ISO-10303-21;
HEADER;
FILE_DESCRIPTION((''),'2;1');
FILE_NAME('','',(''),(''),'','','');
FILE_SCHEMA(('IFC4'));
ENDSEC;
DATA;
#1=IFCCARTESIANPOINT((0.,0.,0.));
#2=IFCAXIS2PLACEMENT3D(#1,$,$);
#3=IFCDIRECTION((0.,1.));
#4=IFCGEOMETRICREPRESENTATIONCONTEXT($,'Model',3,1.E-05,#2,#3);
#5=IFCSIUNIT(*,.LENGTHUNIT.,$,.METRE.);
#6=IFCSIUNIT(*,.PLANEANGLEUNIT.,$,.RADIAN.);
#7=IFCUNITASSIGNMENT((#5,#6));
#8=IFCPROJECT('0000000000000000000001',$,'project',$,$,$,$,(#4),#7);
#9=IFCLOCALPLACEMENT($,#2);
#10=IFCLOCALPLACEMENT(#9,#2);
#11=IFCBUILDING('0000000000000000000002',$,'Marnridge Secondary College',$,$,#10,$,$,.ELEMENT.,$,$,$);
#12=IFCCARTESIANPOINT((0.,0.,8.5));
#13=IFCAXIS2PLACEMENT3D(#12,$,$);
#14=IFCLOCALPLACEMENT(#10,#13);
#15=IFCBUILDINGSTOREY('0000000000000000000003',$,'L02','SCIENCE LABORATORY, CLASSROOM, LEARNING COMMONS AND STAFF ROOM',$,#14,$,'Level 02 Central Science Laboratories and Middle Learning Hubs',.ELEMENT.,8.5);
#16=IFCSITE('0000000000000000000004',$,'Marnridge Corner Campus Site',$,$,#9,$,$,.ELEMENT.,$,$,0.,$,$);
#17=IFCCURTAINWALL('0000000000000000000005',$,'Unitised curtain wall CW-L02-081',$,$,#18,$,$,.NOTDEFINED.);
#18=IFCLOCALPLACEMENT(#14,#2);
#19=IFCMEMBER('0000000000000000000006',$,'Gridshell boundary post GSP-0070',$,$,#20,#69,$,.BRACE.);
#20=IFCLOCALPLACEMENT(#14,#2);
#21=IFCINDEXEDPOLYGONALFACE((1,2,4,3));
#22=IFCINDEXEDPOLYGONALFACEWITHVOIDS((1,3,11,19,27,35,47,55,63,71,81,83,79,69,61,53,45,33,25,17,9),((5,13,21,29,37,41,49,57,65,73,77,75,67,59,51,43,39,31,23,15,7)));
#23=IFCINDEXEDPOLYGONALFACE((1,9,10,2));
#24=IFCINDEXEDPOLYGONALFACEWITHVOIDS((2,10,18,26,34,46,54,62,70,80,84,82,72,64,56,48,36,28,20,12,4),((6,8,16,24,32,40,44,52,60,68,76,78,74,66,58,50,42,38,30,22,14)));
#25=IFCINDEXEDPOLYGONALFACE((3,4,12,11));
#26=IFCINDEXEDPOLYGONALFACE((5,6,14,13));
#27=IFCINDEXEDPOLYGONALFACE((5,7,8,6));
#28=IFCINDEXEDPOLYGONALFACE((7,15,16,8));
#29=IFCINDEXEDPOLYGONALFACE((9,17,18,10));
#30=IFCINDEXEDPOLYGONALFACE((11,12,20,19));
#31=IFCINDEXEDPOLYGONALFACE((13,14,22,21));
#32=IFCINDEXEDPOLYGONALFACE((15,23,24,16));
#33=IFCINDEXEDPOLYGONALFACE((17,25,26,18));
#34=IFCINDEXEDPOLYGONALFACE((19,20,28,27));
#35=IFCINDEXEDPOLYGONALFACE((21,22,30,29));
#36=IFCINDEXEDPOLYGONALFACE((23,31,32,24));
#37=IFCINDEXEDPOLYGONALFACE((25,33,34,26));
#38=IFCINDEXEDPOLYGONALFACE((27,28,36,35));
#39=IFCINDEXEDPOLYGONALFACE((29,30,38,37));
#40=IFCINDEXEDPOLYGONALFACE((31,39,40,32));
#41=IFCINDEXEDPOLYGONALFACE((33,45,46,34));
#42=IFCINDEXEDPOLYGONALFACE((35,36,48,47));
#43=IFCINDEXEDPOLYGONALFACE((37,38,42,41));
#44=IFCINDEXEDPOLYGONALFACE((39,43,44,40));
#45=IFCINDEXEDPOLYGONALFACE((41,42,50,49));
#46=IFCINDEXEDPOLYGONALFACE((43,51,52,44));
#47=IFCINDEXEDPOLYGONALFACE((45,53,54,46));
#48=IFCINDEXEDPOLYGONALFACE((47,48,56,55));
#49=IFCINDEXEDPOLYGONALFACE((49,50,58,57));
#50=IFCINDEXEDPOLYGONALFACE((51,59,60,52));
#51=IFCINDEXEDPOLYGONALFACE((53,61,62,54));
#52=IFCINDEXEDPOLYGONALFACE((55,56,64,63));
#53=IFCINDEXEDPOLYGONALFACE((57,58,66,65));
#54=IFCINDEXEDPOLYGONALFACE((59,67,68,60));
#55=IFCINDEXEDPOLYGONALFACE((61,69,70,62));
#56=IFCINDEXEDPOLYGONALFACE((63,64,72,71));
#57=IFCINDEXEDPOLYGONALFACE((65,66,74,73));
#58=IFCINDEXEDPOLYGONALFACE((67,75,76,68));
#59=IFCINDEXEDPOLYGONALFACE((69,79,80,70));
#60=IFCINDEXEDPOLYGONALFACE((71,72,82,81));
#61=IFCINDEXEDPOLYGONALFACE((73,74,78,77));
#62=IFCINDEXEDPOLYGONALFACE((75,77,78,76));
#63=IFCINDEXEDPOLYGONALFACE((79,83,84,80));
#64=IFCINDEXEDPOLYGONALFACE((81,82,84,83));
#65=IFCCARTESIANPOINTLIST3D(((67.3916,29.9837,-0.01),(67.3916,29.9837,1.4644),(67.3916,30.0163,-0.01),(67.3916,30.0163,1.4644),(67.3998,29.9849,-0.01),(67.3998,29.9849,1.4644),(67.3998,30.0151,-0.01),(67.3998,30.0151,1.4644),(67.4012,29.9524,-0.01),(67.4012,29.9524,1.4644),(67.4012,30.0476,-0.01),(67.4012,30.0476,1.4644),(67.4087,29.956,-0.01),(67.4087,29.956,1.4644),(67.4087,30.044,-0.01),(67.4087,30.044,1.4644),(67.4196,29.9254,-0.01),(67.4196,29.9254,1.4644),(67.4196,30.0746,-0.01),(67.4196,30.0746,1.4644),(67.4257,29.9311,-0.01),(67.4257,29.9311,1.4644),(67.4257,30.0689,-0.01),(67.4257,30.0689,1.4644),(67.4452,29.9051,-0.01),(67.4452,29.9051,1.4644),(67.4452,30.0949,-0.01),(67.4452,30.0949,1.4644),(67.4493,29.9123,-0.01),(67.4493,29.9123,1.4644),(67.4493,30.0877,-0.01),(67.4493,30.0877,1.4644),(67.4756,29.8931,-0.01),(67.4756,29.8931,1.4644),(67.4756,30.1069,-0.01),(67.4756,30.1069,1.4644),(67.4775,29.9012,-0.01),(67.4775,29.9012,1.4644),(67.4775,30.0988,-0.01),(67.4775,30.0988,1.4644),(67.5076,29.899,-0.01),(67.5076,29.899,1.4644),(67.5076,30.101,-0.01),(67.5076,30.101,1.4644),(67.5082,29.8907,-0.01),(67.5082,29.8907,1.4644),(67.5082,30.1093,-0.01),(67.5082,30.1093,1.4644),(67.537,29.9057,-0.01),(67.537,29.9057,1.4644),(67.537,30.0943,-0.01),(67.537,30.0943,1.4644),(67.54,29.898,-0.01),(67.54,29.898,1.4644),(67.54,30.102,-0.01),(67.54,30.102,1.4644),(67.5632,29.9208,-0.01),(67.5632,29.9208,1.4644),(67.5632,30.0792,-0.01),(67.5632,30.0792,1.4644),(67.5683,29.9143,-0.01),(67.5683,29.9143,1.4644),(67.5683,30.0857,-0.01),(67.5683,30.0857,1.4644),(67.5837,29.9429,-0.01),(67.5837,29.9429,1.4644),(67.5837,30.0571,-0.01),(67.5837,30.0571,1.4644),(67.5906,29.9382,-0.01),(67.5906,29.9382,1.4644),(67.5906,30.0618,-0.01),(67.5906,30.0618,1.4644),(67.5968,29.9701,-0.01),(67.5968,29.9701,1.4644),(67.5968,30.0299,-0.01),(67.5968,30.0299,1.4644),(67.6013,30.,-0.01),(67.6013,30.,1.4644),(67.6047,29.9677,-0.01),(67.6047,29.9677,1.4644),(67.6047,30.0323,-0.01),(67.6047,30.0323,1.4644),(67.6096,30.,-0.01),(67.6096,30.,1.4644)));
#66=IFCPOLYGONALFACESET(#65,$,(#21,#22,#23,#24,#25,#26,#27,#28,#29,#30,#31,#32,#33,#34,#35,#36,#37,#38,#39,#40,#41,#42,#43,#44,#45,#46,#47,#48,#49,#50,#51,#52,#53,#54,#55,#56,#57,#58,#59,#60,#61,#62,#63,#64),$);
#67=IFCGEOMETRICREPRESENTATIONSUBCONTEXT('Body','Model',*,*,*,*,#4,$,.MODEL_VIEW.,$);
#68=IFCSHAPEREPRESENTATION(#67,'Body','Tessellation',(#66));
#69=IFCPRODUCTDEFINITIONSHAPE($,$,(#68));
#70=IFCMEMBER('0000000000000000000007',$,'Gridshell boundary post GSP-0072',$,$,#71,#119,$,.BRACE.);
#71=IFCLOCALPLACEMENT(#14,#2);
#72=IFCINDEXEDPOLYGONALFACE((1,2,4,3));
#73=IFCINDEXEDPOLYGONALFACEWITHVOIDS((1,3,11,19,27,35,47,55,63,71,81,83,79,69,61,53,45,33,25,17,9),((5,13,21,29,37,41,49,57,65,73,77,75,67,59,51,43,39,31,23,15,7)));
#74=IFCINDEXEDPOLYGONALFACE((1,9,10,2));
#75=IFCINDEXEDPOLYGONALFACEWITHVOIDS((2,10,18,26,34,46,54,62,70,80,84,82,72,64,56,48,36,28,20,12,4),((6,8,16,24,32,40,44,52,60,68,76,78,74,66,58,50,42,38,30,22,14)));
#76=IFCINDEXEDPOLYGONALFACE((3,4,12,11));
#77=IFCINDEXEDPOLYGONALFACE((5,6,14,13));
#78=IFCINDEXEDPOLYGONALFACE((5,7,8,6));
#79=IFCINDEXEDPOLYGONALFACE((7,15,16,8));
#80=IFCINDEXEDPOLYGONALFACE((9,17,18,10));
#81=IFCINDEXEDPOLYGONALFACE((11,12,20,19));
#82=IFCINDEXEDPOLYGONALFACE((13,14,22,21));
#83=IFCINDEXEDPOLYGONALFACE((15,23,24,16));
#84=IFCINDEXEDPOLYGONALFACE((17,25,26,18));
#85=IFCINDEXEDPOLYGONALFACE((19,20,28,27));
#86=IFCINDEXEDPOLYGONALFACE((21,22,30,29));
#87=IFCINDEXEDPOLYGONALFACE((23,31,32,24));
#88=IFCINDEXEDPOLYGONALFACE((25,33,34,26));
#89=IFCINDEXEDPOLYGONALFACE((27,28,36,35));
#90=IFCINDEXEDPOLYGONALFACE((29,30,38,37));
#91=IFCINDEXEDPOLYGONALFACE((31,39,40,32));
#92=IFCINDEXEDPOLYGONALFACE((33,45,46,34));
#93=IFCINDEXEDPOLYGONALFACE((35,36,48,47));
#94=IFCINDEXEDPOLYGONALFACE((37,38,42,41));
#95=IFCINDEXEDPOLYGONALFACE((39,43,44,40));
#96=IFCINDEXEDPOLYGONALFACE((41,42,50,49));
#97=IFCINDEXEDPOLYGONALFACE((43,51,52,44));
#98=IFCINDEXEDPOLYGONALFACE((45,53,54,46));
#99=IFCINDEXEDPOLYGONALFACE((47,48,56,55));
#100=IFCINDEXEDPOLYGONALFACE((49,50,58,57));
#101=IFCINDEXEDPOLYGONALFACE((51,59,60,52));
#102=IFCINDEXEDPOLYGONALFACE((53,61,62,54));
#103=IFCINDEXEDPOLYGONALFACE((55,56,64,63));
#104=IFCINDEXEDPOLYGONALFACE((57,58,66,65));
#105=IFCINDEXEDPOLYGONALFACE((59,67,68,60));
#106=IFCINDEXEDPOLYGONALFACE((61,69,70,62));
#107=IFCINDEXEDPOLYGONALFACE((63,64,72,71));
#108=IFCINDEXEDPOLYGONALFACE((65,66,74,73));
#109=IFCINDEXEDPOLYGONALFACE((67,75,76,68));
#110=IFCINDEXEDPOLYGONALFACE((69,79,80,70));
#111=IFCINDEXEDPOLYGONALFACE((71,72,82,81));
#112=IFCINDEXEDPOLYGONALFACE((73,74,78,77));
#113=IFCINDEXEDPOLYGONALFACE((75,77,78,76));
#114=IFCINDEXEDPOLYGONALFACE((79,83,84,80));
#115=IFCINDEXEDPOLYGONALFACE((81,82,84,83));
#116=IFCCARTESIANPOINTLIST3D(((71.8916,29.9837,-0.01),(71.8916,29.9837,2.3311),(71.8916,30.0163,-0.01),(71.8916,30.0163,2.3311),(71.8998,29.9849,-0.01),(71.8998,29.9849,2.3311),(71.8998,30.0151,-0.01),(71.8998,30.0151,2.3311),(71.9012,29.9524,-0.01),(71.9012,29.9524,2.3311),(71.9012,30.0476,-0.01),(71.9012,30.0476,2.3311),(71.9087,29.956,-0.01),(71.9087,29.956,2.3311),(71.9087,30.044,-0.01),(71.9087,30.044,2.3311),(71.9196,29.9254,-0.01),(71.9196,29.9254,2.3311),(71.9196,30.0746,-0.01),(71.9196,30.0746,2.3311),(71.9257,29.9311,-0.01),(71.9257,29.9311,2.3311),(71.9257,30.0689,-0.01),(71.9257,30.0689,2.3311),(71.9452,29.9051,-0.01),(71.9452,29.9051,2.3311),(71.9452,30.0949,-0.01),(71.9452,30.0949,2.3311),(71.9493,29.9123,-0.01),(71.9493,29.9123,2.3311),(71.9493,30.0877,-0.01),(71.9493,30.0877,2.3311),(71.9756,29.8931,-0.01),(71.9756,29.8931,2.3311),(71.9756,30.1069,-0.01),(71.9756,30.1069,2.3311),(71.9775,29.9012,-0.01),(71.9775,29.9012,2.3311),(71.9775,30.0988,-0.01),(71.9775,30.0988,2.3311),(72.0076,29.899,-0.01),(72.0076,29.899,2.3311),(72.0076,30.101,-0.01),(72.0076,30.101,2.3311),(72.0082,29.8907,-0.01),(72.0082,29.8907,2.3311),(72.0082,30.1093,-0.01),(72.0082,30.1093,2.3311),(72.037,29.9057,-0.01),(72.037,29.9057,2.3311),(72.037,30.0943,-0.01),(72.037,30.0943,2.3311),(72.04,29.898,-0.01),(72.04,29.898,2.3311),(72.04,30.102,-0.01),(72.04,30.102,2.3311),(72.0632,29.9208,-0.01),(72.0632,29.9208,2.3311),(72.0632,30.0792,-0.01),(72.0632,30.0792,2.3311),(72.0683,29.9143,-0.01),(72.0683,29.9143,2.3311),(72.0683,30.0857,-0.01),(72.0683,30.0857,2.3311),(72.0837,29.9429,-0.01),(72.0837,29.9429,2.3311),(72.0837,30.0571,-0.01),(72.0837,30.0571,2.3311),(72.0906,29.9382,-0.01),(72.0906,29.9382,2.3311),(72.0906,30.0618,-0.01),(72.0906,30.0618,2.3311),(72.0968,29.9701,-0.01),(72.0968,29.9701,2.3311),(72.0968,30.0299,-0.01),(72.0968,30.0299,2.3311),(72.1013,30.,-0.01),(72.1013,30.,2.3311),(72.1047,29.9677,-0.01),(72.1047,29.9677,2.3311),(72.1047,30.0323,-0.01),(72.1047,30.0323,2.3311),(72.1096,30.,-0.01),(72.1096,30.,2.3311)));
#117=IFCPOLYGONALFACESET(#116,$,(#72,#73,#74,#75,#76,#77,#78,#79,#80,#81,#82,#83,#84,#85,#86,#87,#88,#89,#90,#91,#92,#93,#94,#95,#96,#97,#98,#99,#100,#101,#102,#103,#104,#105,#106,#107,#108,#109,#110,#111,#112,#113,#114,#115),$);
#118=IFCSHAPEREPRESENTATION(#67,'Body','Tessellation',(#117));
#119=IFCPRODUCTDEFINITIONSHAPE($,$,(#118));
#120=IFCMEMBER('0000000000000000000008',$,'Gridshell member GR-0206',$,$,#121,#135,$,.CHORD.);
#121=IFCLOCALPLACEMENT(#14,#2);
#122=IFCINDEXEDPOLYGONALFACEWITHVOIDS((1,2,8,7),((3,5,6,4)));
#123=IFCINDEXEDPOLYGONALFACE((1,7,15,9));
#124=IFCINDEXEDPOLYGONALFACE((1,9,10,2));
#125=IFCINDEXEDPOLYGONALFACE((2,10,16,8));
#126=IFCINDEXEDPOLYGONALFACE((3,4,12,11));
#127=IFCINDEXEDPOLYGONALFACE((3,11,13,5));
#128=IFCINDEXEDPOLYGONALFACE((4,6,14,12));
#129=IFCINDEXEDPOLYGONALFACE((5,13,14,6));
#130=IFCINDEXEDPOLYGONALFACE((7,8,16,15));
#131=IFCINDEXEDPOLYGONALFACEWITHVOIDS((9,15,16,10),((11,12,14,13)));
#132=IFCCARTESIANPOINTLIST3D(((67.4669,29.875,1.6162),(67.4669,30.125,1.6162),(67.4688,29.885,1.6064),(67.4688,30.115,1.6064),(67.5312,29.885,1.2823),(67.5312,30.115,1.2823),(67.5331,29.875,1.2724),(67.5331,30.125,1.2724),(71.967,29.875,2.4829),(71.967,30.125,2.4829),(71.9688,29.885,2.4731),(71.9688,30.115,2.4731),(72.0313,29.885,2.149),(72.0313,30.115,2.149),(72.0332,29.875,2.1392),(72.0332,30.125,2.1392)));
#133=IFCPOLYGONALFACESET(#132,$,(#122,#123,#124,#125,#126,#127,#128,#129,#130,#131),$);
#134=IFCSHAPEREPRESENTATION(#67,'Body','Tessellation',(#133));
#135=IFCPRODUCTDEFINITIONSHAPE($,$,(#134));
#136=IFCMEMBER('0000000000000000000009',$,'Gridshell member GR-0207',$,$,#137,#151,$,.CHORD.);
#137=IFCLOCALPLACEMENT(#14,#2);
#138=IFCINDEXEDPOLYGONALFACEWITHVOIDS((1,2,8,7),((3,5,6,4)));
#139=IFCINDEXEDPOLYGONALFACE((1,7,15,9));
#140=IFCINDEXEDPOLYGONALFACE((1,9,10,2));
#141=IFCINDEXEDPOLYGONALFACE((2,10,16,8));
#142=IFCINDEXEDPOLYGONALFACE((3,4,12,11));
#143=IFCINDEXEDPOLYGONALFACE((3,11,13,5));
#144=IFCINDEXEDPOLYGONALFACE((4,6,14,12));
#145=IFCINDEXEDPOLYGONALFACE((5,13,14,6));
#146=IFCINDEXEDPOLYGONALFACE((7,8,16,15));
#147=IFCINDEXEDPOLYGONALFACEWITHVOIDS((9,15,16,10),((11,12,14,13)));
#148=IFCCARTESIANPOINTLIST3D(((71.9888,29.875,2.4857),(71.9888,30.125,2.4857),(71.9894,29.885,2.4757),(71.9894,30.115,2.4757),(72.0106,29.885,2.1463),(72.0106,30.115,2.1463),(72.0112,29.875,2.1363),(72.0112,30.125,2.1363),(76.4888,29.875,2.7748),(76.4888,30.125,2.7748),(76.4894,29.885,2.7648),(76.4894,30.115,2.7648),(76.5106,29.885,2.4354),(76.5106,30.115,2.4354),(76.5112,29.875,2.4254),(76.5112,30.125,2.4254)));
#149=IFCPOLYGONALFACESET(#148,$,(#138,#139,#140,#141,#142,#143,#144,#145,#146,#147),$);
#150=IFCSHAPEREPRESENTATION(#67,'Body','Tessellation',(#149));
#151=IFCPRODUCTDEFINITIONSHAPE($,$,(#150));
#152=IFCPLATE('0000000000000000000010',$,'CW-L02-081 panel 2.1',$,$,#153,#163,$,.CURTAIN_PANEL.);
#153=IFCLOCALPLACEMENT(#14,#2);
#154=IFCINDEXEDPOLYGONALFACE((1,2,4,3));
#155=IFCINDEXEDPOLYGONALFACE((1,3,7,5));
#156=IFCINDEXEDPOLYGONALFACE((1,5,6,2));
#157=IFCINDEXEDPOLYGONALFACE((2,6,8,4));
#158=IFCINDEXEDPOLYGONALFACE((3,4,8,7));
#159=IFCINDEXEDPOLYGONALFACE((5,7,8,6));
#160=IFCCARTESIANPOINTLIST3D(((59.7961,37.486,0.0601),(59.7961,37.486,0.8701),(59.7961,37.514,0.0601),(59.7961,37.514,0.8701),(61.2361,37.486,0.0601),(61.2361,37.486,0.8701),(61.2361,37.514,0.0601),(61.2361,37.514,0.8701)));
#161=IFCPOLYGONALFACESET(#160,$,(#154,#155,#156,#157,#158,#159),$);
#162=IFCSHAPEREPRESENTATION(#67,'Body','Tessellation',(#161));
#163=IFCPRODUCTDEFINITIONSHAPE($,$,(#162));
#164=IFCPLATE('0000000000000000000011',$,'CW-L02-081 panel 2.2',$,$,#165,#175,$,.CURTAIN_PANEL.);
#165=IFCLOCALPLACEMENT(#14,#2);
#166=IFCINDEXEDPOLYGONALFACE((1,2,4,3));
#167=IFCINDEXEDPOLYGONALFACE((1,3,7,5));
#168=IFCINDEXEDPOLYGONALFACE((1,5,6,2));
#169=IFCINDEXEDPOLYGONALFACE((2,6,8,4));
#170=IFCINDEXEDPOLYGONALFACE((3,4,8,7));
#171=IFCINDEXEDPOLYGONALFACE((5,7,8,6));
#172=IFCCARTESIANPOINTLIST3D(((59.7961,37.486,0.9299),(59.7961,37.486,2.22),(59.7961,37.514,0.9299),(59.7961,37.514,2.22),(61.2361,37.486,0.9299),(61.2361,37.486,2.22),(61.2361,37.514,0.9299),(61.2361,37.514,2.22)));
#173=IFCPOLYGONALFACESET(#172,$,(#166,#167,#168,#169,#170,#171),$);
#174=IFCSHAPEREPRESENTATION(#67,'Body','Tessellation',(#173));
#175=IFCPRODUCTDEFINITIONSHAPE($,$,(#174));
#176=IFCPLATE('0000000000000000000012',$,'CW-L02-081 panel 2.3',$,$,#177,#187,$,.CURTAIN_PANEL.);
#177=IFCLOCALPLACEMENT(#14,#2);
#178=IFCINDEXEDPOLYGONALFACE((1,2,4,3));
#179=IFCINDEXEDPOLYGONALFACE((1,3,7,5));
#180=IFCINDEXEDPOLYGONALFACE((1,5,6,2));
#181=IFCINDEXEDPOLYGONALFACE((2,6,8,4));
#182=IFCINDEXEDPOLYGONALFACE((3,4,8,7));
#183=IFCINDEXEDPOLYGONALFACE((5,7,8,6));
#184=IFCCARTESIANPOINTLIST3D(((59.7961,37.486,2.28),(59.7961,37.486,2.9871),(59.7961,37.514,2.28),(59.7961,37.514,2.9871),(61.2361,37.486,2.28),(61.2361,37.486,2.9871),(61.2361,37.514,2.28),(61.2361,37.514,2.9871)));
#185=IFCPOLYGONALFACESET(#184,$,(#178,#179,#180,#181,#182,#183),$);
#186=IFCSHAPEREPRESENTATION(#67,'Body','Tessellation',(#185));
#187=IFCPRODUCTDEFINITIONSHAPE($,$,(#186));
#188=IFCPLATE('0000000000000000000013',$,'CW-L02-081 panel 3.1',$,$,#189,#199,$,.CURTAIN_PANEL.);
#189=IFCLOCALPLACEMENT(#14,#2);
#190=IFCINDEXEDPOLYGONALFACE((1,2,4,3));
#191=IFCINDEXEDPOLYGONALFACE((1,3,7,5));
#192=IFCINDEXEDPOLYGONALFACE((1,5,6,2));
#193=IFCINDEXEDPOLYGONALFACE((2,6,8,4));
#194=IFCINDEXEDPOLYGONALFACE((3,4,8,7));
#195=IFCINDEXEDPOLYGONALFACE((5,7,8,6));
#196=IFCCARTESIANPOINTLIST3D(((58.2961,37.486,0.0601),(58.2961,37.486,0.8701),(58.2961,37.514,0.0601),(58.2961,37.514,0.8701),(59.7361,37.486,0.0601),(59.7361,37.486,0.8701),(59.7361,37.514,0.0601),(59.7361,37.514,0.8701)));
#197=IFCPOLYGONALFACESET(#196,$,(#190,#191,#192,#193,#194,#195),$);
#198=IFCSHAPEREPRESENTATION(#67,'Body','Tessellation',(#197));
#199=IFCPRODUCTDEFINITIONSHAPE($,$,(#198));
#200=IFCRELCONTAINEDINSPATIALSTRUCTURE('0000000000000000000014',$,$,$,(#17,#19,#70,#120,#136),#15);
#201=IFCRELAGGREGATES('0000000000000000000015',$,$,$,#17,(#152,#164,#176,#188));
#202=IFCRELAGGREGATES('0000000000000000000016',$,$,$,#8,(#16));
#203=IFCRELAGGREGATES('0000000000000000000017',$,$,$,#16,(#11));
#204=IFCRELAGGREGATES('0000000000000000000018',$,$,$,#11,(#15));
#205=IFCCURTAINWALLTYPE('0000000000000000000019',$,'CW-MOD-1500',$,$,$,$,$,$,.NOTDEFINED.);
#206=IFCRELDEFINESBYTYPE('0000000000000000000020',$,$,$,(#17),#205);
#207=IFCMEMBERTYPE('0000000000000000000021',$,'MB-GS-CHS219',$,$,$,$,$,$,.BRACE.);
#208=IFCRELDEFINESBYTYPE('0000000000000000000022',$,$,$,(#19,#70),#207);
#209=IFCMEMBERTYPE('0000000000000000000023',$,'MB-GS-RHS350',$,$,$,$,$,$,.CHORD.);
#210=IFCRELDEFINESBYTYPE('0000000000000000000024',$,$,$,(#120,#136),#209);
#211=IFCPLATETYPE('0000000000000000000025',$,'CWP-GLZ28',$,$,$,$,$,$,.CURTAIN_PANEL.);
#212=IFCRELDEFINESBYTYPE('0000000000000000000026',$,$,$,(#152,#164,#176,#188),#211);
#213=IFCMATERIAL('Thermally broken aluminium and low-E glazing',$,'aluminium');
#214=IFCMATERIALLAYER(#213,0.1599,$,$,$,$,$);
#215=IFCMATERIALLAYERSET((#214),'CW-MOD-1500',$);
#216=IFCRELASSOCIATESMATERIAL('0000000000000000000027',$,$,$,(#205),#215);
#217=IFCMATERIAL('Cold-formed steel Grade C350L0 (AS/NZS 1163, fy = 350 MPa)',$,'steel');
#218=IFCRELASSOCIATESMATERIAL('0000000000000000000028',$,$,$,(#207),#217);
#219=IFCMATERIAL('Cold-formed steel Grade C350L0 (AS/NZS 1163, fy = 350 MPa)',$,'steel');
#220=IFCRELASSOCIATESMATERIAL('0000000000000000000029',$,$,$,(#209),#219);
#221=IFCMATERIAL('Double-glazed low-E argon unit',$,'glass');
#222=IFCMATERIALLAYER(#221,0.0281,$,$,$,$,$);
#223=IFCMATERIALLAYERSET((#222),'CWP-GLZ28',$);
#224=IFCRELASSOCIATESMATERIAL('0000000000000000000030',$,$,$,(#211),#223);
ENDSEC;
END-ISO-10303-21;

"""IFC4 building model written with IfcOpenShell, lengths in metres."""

from ifc_helpers import new_model, si_unit, direction, frame, origin, origin_2d, place, context, subcontext, project, spatial, rectangle, hollow_rectangle, hollow_circle, extrude, material, layer, layer_set, material_profile, profile_set, type_object, element, aggregate, save


model = new_model("IFC4")

# Units and contexts
model_context = context("Model", 3, precision=1e-05, world=origin(), true_north=direction((0.0, 1.0)))
body_context = subcontext(model_context, "Body", "Model", "MODEL_VIEW")
ifc_project = project(units=[si_unit("LENGTHUNIT", "METRE"), si_unit("PLANEANGLEUNIT", "RADIAN")], contexts=[model_context])

# Site, building, storey
site_placement = place(None, origin())
site = spatial("IfcSite", under=ifc_project, at=site_placement, Name="Marnridge Corner Campus Site", CompositionType="ELEMENT", RefElevation=0.0)
building_placement = place(site_placement, origin())
building = spatial("IfcBuilding", under=site, at=building_placement, Name="Marnridge Secondary College", CompositionType="ELEMENT")
storey_placement = place(building_placement, frame((0.0, 0.0, 8.5)))
storey = spatial("IfcBuildingStorey", under=building, at=storey_placement, Name="L02", Description="SCIENCE LABORATORY, CLASSROOM, LEARNING COMMONS AND STAFF ROOM", LongName="Level 02 Central Science Laboratories and Middle Learning Hubs", CompositionType="ELEMENT", Elevation=8.5)

# Curtain wall
ifc_material_1 = material(Name="Thermally broken aluminium and low-E glazing", Category="aluminium")
ifc_layer_1 = layer(ifc_material_1, 0.1599)
ifc_layer_set_1 = layer_set([ifc_layer_1], Name="CW-MOD-1500")
curtain_wall_type = type_object("IfcCurtainWallType", Name="CW-MOD-1500", PredefinedType="NOTDEFINED", material=ifc_layer_set_1)
curtain_wall_placement = place(storey_placement, origin())
curtain_wall = element("IfcCurtainWall", 1, at=curtain_wall_placement, inside=storey, type_object=curtain_wall_type, Name="Unitised curtain wall CW-L02-081", PredefinedType="NOTDEFINED")

# Members
ifc_material_2 = material(Name="Cold-formed steel Grade C350L0 (AS/NZS 1163, fy = 350 MPa)", Category="steel")
ifc_material_profile_1 = material_profile(ifc_material_2, hollow_circle(Radius=0.1096, WallThickness=0.0083, at=origin_2d()), Name="219.1x8.2CHS")
ifc_profile_set_1 = profile_set([ifc_material_profile_1], Name="Cold-formed steel Grade C350L0 (AS/NZS 1163, fy = 350 MPa)")
member_type_1 = type_object("IfcMemberType", Name="MB-GS-CHS219", PredefinedType="BRACE", material=ifc_profile_set_1)
member_1_placement = place(storey_placement, frame((67.5, 30.0, -0.01), z_axis=(0.0, 0.0, 1.0), x_axis=(1.0, 0.0, 0.0)))
element("IfcMember", 2, at=member_1_placement, inside=storey, type_object=member_type_1, Name="Gridshell boundary post GSP-0070", PredefinedType="BRACE", context=body_context, shape_type="SweptSolid", body=[
    extrude(hollow_circle(Radius=0.1096, WallThickness=0.0083, at=origin_2d()), origin(), (0.0, 0.0, 1.0), 1.4744),
])
member_2_placement = place(storey_placement, frame((72.0, 30.0, -0.01), z_axis=(0.0, 0.0, 1.0), x_axis=(1.0, 0.0, 0.0)))
element("IfcMember", 3, at=member_2_placement, inside=storey, type_object=member_type_1, Name="Gridshell boundary post GSP-0072", PredefinedType="BRACE", context=body_context, shape_type="SweptSolid", body=[
    extrude(hollow_circle(Radius=0.1096, WallThickness=0.0083, at=origin_2d()), origin(), (0.0, 0.0, 1.0), 2.3411),
])
ifc_material_3 = material(Name="Cold-formed steel Grade C350L0 (AS/NZS 1163, fy = 350 MPa)", Category="steel")
ifc_material_profile_2 = material_profile(ifc_material_3, hollow_rectangle(XDim=0.25, YDim=0.3501, WallThickness=0.01, at=origin_2d()), Name="350x250x10.0RHS")
ifc_profile_set_2 = profile_set([ifc_material_profile_2], Name="Cold-formed steel Grade C350L0 (AS/NZS 1163, fy = 350 MPa)")
member_type_2 = type_object("IfcMemberType", Name="MB-GS-RHS350", PredefinedType="CHORD", material=ifc_profile_set_2)
member_3_placement = place(storey_placement, frame((67.5, 30.0, 1.4443), z_axis=(0.981953, 0.0, 0.189124), x_axis=(0.0, 1.0, 0.0)))
element("IfcMember", 4, at=member_3_placement, inside=storey, type_object=member_type_2, Name="Gridshell member GR-0206", PredefinedType="CHORD", context=body_context, shape_type="SweptSolid", body=[
    extrude(hollow_rectangle(XDim=0.25, YDim=0.3501, WallThickness=0.01, at=origin_2d()), origin(), (0.0, 0.0, 1.0), 4.5828),
])
member_4_placement = place(storey_placement, frame((72.0, 30.0, 2.311), z_axis=(0.997943, 0.0, 0.064104), x_axis=(0.0, 1.0, 0.0)))
element("IfcMember", 5, at=member_4_placement, inside=storey, type_object=member_type_2, Name="Gridshell member GR-0207", PredefinedType="CHORD", context=body_context, shape_type="SweptSolid", body=[
    extrude(hollow_rectangle(XDim=0.25, YDim=0.3501, WallThickness=0.01, at=origin_2d()), origin(), (0.0, 0.0, 1.0), 4.5093),
])

# Plates
ifc_material_4 = material(Name="Double-glazed low-E argon unit", Category="glass")
ifc_layer_2 = layer(ifc_material_4, 0.0281)
ifc_layer_set_2 = layer_set([ifc_layer_2], Name="CWP-GLZ28")
plate_type_1 = type_object("IfcPlateType", Name="CWP-GLZ28", PredefinedType="CURTAIN_PANEL", material=ifc_layer_set_2)
plate_1_placement = place(storey_placement, frame((60.5161, 37.5, 0.0601), z_axis=(0.0, 0.0, 1.0), x_axis=(-1.0, 0.0, 0.0)))
plate_1 = element("IfcPlate", 6, at=plate_1_placement, type_object=plate_type_1, Name="CW-L02-081 panel 2.1", PredefinedType="CURTAIN_PANEL", context=body_context, shape_type="SweptSolid", body=[
    extrude(rectangle(XDim=1.4399, YDim=0.0281, at=origin_2d()), origin(), (0.0, 0.0, 1.0), 0.8101),
])
plate_2_placement = place(storey_placement, frame((60.5161, 37.5, 0.9299), z_axis=(0.0, 0.0, 1.0), x_axis=(-1.0, 0.0, 0.0)))
plate_2 = element("IfcPlate", 7, at=plate_2_placement, type_object=plate_type_1, Name="CW-L02-081 panel 2.2", PredefinedType="CURTAIN_PANEL", context=body_context, shape_type="SweptSolid", body=[
    extrude(rectangle(XDim=1.4399, YDim=0.0281, at=origin_2d()), origin(), (0.0, 0.0, 1.0), 1.29),
])
plate_3_placement = place(storey_placement, frame((60.5161, 37.5, 2.28), z_axis=(0.0, 0.0, 1.0), x_axis=(-1.0, 0.0, 0.0)))
plate_3 = element("IfcPlate", 8, at=plate_3_placement, type_object=plate_type_1, Name="CW-L02-081 panel 2.3", PredefinedType="CURTAIN_PANEL", context=body_context, shape_type="SweptSolid", body=[
    extrude(rectangle(XDim=1.4399, YDim=0.0281, at=origin_2d()), origin(), (0.0, 0.0, 1.0), 0.707),
])
plate_4_placement = place(storey_placement, frame((59.0161, 37.5, 0.0601), z_axis=(0.0, 0.0, 1.0), x_axis=(-1.0, 0.0, 0.0)))
plate_4 = element("IfcPlate", 9, at=plate_4_placement, type_object=plate_type_1, Name="CW-L02-081 panel 3.1", PredefinedType="CURTAIN_PANEL", context=body_context, shape_type="SweptSolid", body=[
    extrude(rectangle(XDim=1.4399, YDim=0.0281, at=origin_2d()), origin(), (0.0, 0.0, 1.0), 0.8101),
])
aggregate(curtain_wall, [plate_1, plate_2, plate_3, plate_4])

save(model, "model.ifc")
